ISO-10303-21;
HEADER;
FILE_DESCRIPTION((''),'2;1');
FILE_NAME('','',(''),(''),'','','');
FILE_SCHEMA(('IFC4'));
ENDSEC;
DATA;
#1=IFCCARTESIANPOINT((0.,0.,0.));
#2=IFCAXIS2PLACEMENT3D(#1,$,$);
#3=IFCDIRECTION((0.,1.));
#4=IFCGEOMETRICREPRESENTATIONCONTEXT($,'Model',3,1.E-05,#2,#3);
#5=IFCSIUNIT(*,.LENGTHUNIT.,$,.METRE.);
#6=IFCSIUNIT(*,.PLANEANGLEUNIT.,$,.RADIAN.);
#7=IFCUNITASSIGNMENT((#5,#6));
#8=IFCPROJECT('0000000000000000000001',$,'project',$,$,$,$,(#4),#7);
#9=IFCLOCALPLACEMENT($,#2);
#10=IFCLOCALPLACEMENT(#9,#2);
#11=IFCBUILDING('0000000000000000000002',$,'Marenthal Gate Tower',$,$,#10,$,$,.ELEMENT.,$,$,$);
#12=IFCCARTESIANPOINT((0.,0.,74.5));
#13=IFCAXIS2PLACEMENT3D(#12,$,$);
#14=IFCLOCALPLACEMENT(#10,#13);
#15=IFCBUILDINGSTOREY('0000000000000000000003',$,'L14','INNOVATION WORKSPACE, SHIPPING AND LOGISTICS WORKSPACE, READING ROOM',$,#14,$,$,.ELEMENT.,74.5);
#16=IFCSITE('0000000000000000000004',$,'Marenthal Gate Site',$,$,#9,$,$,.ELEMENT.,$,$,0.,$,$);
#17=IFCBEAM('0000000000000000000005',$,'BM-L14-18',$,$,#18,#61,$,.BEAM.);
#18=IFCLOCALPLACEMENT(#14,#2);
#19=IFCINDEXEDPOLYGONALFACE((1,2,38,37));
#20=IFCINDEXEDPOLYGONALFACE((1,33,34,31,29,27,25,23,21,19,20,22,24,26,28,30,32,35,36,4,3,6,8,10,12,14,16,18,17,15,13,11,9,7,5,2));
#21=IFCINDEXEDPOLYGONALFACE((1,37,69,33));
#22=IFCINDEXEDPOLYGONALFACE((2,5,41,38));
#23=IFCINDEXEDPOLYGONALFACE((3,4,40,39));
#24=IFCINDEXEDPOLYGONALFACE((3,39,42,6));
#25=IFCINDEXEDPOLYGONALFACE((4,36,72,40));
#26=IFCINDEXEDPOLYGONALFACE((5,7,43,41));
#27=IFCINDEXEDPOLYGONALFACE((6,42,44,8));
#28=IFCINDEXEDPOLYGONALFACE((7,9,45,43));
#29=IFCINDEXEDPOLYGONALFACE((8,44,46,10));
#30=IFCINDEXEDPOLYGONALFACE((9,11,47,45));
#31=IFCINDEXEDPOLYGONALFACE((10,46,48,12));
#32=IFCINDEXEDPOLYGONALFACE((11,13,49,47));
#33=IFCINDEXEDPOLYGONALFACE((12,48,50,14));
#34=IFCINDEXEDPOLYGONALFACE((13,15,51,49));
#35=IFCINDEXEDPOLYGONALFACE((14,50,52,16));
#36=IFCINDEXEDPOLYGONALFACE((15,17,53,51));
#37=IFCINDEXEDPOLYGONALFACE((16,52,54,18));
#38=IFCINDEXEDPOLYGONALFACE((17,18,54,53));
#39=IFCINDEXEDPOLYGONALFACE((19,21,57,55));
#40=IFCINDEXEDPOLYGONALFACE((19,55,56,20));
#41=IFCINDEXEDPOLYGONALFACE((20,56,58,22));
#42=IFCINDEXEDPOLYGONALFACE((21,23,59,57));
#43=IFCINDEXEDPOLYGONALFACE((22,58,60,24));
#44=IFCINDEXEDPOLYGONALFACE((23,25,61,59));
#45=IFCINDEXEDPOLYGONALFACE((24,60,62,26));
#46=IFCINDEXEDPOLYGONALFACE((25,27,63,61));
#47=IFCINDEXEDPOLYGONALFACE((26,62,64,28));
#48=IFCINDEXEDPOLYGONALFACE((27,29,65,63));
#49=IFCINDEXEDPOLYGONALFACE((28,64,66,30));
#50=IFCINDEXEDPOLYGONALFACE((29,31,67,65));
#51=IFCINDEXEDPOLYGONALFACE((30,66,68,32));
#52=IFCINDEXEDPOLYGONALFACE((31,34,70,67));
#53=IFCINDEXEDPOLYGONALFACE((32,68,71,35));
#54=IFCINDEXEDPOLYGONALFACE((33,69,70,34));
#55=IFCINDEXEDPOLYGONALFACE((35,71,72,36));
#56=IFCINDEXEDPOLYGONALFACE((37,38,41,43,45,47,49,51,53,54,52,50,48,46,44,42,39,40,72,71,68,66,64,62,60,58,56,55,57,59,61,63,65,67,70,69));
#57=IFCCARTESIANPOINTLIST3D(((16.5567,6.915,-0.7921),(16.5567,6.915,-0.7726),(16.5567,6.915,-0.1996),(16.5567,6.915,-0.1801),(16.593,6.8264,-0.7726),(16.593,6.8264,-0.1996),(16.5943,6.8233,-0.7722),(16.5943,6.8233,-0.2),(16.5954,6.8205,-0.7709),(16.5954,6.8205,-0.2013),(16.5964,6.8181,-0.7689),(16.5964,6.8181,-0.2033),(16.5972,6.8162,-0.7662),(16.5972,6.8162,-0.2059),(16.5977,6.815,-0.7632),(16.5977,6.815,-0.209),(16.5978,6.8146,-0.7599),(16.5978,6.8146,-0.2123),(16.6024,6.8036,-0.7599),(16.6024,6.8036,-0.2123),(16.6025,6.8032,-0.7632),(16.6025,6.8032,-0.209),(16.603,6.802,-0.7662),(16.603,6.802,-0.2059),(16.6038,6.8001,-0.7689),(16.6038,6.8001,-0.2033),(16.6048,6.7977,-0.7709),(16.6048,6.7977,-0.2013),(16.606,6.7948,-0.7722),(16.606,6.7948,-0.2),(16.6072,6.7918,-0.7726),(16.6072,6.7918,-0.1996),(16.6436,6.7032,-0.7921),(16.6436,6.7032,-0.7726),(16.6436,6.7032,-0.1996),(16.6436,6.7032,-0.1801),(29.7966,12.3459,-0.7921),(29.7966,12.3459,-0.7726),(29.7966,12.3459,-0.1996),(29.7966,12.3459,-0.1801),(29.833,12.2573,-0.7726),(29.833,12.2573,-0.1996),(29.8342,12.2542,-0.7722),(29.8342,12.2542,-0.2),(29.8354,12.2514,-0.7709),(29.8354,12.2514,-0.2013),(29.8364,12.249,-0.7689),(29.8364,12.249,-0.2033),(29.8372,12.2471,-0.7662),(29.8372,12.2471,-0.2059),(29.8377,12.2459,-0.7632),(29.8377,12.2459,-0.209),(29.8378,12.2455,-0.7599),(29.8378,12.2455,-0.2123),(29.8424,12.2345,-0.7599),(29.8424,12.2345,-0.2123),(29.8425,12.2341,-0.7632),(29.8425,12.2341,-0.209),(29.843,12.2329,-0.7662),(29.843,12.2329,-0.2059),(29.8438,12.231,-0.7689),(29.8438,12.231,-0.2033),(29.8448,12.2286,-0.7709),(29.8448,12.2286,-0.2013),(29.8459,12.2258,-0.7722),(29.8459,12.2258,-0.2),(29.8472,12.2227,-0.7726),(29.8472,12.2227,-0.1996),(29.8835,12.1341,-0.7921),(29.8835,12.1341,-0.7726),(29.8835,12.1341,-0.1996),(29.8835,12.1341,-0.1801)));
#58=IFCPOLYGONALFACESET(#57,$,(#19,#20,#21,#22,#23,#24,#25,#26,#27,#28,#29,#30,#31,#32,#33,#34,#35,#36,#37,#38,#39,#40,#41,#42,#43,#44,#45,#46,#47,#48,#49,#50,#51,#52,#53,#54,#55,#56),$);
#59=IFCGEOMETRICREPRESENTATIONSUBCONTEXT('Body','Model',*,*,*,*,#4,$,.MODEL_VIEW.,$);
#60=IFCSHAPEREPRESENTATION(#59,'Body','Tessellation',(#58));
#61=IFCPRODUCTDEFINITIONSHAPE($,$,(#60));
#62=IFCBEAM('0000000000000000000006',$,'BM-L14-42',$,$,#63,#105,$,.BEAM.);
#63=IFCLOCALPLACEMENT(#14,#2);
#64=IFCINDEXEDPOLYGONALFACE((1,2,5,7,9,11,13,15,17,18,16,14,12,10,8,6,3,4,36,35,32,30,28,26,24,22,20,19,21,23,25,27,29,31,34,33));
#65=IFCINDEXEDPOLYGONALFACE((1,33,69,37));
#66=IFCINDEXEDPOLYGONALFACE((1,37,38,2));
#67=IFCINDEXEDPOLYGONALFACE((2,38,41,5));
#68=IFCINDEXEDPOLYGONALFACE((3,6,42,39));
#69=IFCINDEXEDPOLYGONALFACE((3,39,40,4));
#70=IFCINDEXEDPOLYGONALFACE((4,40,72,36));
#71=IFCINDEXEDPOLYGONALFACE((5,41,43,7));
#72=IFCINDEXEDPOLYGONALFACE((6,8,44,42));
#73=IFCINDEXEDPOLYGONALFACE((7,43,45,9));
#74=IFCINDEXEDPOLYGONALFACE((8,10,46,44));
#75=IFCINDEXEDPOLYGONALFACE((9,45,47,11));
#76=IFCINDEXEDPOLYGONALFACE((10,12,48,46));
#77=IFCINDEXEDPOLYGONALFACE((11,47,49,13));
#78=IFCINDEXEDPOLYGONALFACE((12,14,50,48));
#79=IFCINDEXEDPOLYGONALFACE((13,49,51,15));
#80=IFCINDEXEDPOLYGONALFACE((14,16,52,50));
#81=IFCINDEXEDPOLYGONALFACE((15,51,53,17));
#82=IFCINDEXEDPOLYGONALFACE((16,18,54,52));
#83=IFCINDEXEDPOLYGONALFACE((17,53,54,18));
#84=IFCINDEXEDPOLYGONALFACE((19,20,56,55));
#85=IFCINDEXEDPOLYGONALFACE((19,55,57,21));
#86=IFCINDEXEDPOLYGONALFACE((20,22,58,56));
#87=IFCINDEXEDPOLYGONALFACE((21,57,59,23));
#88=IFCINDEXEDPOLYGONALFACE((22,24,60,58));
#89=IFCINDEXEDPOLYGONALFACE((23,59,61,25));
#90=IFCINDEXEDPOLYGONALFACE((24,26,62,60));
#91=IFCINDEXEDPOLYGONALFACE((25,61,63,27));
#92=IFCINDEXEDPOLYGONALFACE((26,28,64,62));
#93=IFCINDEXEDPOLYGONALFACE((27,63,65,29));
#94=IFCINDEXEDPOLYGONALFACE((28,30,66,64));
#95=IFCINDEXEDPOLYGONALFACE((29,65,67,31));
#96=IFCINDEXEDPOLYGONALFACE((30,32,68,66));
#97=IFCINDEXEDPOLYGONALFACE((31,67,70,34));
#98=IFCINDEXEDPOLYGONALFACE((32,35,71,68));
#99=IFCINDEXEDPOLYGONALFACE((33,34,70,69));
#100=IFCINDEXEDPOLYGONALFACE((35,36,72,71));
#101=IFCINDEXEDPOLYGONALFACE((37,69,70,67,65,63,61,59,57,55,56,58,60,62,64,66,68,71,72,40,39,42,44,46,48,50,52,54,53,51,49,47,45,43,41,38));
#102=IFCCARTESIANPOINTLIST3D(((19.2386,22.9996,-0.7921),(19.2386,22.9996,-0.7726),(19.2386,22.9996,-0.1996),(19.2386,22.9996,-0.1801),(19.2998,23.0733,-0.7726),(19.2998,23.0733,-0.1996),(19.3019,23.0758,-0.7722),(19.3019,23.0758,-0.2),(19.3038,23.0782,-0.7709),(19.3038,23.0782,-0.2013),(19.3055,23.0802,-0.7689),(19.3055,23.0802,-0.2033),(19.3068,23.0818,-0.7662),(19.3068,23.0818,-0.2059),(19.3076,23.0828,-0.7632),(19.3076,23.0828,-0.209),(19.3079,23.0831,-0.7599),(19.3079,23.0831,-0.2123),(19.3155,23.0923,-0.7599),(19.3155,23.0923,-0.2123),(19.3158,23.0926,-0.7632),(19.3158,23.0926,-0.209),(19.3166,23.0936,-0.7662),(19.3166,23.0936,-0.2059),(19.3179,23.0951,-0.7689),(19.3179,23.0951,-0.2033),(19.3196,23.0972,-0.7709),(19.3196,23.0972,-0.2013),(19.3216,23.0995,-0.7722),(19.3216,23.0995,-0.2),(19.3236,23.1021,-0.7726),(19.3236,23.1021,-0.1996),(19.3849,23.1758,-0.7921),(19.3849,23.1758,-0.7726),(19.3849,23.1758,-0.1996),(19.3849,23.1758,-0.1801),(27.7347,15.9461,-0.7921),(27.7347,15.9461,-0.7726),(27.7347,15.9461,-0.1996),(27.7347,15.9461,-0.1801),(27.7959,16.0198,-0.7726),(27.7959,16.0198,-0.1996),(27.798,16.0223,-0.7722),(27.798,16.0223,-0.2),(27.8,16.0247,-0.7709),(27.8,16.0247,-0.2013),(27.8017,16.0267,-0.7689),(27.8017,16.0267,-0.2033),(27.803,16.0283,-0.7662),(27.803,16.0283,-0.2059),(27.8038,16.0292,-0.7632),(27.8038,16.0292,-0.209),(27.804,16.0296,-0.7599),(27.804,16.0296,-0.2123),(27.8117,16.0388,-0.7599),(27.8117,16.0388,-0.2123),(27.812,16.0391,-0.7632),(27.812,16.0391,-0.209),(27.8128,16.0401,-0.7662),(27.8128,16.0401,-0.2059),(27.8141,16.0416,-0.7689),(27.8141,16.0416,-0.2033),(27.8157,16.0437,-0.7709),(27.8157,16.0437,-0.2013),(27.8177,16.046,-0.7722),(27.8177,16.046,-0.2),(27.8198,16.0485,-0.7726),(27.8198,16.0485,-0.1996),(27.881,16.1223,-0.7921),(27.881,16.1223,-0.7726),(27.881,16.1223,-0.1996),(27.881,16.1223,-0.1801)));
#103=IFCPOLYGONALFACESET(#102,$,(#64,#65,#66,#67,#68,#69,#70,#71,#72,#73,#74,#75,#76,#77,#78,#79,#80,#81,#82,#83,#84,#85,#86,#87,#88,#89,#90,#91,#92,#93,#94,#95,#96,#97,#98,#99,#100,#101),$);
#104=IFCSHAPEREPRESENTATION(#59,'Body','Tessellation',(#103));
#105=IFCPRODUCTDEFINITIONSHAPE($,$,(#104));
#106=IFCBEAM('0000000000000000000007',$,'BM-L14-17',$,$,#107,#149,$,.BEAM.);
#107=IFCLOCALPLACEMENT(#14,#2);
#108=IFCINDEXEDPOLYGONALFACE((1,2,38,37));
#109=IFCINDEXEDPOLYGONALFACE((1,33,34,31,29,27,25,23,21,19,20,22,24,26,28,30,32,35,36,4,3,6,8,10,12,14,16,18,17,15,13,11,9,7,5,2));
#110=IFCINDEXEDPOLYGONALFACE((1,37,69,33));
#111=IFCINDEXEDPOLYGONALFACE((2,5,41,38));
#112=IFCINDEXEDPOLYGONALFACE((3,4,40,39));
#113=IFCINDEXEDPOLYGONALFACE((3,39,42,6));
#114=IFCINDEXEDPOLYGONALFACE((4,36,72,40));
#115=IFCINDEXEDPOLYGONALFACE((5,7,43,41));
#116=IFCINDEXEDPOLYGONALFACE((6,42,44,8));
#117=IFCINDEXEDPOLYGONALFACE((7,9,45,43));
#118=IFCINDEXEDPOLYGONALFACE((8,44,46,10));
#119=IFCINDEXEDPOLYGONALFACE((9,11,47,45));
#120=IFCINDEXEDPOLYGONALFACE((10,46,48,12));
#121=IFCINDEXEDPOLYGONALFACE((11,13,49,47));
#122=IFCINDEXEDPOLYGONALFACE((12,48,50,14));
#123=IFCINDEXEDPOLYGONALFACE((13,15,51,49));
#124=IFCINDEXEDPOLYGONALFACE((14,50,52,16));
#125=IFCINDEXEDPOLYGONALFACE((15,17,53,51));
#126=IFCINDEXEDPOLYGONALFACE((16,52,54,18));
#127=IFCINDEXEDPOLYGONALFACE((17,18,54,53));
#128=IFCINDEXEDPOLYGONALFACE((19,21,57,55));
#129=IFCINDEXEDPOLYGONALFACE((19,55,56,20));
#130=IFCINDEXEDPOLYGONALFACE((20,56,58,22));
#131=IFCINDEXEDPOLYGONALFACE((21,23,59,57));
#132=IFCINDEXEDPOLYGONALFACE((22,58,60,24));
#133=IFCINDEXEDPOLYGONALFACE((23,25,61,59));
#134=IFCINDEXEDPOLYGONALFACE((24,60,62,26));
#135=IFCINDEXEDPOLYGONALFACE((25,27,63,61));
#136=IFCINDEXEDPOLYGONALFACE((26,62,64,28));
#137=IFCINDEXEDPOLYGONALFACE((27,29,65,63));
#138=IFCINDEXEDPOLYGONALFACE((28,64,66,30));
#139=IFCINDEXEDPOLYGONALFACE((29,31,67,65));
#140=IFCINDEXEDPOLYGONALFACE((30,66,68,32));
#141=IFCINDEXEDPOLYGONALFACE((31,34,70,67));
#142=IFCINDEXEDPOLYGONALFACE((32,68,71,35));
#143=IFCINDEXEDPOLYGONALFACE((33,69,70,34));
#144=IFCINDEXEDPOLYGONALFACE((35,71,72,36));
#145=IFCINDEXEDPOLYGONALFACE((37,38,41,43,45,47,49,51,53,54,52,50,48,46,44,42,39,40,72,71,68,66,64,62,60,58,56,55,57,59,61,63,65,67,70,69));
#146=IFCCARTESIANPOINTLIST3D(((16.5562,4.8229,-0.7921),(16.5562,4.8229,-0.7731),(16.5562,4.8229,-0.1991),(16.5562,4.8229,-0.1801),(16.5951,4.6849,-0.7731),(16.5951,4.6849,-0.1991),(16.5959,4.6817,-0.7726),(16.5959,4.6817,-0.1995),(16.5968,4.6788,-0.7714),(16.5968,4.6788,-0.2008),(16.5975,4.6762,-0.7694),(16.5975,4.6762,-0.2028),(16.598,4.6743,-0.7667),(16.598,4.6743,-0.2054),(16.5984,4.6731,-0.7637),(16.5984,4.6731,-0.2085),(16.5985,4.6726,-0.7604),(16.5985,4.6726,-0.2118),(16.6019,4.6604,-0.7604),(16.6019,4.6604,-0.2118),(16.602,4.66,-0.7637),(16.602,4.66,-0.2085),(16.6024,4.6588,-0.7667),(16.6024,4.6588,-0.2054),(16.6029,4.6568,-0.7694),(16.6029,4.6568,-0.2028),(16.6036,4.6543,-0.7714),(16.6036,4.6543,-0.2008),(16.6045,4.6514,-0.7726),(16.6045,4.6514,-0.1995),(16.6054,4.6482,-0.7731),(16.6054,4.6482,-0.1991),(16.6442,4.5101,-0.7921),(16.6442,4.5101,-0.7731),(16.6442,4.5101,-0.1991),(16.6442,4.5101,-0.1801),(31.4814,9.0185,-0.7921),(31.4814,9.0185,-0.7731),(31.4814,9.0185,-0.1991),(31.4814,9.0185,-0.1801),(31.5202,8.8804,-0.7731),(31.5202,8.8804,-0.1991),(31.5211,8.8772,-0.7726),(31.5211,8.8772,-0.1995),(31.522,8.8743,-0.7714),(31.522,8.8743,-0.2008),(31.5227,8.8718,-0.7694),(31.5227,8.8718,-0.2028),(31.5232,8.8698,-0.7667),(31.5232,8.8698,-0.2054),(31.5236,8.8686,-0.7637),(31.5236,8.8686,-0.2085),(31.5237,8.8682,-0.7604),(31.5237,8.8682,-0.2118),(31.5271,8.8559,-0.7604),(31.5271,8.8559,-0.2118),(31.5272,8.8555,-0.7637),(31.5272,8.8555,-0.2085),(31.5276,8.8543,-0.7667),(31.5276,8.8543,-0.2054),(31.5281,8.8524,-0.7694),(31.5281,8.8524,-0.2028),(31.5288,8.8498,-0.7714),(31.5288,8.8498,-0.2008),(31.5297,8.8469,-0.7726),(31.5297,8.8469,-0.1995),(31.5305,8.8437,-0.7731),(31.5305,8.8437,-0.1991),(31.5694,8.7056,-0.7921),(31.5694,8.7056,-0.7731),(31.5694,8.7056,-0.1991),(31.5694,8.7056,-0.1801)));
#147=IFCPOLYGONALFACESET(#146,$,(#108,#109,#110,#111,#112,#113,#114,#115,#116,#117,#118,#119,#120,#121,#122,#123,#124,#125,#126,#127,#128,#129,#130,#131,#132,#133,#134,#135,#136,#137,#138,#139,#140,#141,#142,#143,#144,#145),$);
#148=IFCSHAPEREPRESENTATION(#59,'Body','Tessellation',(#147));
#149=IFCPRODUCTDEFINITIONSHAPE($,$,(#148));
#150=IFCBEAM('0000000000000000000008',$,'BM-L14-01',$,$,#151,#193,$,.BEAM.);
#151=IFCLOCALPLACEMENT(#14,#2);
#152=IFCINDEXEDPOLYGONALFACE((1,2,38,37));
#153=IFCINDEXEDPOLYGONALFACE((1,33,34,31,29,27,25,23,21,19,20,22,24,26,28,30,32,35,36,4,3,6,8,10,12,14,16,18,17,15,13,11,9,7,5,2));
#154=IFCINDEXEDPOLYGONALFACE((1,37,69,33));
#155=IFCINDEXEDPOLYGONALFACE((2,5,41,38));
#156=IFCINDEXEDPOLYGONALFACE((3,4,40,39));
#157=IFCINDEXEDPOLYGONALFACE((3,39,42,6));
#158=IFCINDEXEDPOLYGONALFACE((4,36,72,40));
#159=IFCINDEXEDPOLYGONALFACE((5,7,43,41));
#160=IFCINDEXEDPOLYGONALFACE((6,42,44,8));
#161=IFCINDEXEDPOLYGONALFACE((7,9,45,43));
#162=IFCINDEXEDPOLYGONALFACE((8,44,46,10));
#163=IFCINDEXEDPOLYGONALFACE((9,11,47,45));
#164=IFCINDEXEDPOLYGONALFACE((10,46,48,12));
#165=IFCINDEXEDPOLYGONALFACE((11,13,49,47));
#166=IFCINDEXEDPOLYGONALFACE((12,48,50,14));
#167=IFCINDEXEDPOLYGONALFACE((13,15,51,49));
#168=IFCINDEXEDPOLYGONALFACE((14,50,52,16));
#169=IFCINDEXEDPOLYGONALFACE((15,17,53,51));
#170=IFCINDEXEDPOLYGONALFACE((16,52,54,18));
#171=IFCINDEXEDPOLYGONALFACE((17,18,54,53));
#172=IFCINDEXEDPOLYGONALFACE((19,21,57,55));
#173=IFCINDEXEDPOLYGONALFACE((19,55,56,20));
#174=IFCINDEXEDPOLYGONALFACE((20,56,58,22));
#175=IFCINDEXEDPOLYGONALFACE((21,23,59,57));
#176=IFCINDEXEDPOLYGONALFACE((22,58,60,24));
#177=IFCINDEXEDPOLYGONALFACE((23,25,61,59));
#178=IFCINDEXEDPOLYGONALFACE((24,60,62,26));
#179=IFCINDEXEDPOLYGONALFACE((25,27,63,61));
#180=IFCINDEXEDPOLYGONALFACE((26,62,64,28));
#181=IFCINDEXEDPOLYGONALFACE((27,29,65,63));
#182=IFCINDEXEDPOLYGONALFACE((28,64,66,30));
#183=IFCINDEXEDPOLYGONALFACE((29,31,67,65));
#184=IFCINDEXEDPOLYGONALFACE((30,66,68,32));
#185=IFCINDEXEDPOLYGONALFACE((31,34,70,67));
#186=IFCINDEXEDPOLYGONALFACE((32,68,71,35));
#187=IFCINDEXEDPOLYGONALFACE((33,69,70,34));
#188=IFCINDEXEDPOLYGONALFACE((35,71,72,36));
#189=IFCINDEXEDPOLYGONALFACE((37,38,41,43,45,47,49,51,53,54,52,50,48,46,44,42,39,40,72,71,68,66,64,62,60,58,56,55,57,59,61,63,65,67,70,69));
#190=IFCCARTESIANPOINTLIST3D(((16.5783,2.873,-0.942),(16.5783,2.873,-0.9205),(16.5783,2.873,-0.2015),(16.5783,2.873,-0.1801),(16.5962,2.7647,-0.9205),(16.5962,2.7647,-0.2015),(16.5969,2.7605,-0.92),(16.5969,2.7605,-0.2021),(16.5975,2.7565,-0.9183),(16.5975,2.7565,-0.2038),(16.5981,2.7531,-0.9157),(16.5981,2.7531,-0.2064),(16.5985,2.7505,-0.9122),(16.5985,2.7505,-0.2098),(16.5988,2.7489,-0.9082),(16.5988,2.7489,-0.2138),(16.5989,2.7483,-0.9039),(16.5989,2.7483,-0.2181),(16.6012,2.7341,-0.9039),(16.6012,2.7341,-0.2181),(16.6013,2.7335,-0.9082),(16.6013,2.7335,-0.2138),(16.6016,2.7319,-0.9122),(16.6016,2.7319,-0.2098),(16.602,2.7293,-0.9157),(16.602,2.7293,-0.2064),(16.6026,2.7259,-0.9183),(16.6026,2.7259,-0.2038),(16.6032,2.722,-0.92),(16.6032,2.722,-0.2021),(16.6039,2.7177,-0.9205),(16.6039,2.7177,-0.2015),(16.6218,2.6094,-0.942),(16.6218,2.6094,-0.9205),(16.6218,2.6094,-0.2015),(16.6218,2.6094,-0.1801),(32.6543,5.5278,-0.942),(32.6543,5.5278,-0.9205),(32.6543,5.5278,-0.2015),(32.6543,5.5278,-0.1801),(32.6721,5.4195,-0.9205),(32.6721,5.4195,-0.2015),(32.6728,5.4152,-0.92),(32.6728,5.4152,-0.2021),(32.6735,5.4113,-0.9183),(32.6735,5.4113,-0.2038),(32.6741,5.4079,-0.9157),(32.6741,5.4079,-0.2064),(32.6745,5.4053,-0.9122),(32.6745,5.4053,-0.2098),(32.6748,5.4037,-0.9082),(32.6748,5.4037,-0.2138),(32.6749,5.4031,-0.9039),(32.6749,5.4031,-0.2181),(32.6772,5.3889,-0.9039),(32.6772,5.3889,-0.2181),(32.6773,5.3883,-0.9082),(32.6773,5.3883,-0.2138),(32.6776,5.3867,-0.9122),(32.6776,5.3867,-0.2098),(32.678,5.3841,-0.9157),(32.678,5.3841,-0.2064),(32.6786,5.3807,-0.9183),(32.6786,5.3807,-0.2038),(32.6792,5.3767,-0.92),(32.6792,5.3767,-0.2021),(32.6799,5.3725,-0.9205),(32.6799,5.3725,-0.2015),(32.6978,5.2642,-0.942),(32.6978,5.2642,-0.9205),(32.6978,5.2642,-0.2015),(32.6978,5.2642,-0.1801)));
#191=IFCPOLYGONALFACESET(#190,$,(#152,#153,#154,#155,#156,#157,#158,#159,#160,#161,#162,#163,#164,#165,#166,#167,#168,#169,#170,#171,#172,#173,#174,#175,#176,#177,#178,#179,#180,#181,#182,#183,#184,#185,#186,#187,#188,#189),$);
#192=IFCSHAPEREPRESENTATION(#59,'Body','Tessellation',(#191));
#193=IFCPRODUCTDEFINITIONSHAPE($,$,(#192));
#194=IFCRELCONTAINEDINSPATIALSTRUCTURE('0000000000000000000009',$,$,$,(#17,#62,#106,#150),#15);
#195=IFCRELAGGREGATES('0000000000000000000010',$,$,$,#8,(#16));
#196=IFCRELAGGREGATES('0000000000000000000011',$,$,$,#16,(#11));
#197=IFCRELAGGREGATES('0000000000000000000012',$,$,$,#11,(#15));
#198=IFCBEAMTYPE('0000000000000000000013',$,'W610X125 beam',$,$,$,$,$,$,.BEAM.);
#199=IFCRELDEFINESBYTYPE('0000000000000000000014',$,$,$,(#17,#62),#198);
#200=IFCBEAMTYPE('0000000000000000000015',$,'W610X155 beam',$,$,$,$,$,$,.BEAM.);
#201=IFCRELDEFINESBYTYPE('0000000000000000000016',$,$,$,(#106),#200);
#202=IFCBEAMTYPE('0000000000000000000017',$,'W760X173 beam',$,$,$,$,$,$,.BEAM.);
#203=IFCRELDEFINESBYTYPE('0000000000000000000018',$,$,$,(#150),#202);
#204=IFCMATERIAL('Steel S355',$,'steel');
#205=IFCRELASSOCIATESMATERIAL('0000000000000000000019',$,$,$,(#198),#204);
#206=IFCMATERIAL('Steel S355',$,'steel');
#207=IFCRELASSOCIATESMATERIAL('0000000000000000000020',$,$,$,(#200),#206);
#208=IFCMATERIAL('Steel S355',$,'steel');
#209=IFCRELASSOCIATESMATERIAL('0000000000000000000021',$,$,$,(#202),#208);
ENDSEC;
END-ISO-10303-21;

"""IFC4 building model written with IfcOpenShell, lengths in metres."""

from ifc_helpers import new_model, si_unit, direction, frame, origin, origin_2d, place, context, subcontext, project, spatial, i_section, extrude, material, material_profile, profile_set, type_object, element, save


model = new_model("IFC4")

# Units and contexts
model_context = context("Model", 3, precision=1e-05, world=origin(), true_north=direction((0.0, 1.0)))
body_context = subcontext(model_context, "Body", "Model", "MODEL_VIEW")
ifc_project = project(units=[si_unit("LENGTHUNIT", "METRE"), si_unit("PLANEANGLEUNIT", "RADIAN")], contexts=[model_context])

# Site, building, storey
site_placement = place(None, origin())
site = spatial("IfcSite", under=ifc_project, at=site_placement, Name="Marenthal Gate Site", CompositionType="ELEMENT", RefElevation=0.0)
building_placement = place(site_placement, origin())
building = spatial("IfcBuilding", under=site, at=building_placement, Name="Marenthal Gate Tower", CompositionType="ELEMENT")
storey_placement = place(building_placement, frame((0.0, 0.0, 74.5)))
storey = spatial("IfcBuildingStorey", under=building, at=storey_placement, Name="L14", Description="INNOVATION WORKSPACE, SHIPPING AND LOGISTICS WORKSPACE, READING ROOM", CompositionType="ELEMENT", Elevation=74.5)

# Beams
ifc_material_1 = material(Name="Steel S355", Category="steel")
ifc_material_profile_1 = material_profile(ifc_material_1, i_section(OverallWidth=0.229, OverallDepth=0.6121, WebThickness=0.012, FlangeThickness=0.0195, FilletRadius=0.0127, at=origin_2d()), Name="W610X125")
ifc_profile_set_1 = profile_set([ifc_material_profile_1], Name="Steel S355")
beam_type_1 = type_object("IfcBeamType", Name="W610X125 beam", PredefinedType="BEAM", material=ifc_profile_set_1)
beam_1_placement = place(storey_placement, frame((29.8401, 12.24, -0.4861), z_axis=(-0.92519, -0.379504, 0.0), x_axis=(0.379504, -0.92519, 0.0)))
element("IfcBeam", 1, at=beam_1_placement, inside=storey, type_object=beam_type_1, Name="BM-L14-18", PredefinedType="BEAM", context=body_context, shape_type="SweptSolid", body=[
    extrude(i_section(OverallWidth=0.229, OverallDepth=0.6121, WebThickness=0.012, FlangeThickness=0.0195, FilletRadius=0.0127, at=origin_2d()), origin(), (0.0, 0.0, 1.0), 14.3105),
])
beam_2_placement = place(storey_placement, frame((27.8079, 16.0342, -0.4861), z_axis=(-0.769405, 0.638761, 0.0), x_axis=(-0.638761, -0.769405, 0.0)))
element("IfcBeam", 2, at=beam_2_placement, inside=storey, type_object=beam_type_1, Name="BM-L14-42", PredefinedType="BEAM", context=body_context, shape_type="SweptSolid", body=[
    extrude(i_section(OverallWidth=0.229, OverallDepth=0.6121, WebThickness=0.012, FlangeThickness=0.0195, FilletRadius=0.0127, at=origin_2d()), origin(), (0.0, 0.0, 1.0), 11.0425),
])
ifc_material_2 = material(Name="Steel S355", Category="steel")
ifc_material_profile_2 = material_profile(ifc_material_2, i_section(OverallWidth=0.325, OverallDepth=0.6121, WebThickness=0.0127, FlangeThickness=0.019, FilletRadius=0.0127, at=origin_2d()), Name="W610X155")
ifc_profile_set_2 = profile_set([ifc_material_profile_2], Name="Steel S355")
beam_type_2 = type_object("IfcBeamType", Name="W610X155 beam", PredefinedType="BEAM", material=ifc_profile_set_2)
beam_3_placement = place(storey_placement, frame((31.5254, 8.8621, -0.4861), z_axis=(-0.962688, -0.270615, 0.0), x_axis=(0.270615, -0.962688, 0.0)))
element("IfcBeam", 3, at=beam_3_placement, inside=storey, type_object=beam_type_2, Name="BM-L14-17", PredefinedType="BEAM", context=body_context, shape_type="SweptSolid", body=[
    extrude(i_section(OverallWidth=0.325, OverallDepth=0.6121, WebThickness=0.0127, FlangeThickness=0.019, FilletRadius=0.0127, at=origin_2d()), origin(), (0.0, 0.0, 1.0), 15.5037),
])
ifc_material_3 = material(Name="Steel S355", Category="steel")
ifc_material_profile_3 = material_profile(ifc_material_3, i_section(OverallWidth=0.2671, OverallDepth=0.762, WebThickness=0.0144, FlangeThickness=0.0215, FilletRadius=0.0166, at=origin_2d()), Name="W760X173")
ifc_profile_set_3 = profile_set([ifc_material_profile_3], Name="Steel S355")
beam_type_3 = type_object("IfcBeamType", Name="W760X173 beam", PredefinedType="BEAM", material=ifc_profile_set_3)
beam_4_placement = place(storey_placement, frame((32.676, 5.396, -0.561), z_axis=(-0.986637, -0.162934, 0.0), x_axis=(0.162934, -0.986637, 0.0)))
element("IfcBeam", 4, at=beam_4_placement, inside=storey, type_object=beam_type_3, Name="BM-L14-01", PredefinedType="BEAM", context=body_context, shape_type="SweptSolid", body=[
    extrude(i_section(OverallWidth=0.2671, OverallDepth=0.762, WebThickness=0.0144, FlangeThickness=0.0215, FilletRadius=0.0166, at=origin_2d()), origin(), (0.0, 0.0, 1.0), 16.2937),
])

save(model, "model.ifc")
